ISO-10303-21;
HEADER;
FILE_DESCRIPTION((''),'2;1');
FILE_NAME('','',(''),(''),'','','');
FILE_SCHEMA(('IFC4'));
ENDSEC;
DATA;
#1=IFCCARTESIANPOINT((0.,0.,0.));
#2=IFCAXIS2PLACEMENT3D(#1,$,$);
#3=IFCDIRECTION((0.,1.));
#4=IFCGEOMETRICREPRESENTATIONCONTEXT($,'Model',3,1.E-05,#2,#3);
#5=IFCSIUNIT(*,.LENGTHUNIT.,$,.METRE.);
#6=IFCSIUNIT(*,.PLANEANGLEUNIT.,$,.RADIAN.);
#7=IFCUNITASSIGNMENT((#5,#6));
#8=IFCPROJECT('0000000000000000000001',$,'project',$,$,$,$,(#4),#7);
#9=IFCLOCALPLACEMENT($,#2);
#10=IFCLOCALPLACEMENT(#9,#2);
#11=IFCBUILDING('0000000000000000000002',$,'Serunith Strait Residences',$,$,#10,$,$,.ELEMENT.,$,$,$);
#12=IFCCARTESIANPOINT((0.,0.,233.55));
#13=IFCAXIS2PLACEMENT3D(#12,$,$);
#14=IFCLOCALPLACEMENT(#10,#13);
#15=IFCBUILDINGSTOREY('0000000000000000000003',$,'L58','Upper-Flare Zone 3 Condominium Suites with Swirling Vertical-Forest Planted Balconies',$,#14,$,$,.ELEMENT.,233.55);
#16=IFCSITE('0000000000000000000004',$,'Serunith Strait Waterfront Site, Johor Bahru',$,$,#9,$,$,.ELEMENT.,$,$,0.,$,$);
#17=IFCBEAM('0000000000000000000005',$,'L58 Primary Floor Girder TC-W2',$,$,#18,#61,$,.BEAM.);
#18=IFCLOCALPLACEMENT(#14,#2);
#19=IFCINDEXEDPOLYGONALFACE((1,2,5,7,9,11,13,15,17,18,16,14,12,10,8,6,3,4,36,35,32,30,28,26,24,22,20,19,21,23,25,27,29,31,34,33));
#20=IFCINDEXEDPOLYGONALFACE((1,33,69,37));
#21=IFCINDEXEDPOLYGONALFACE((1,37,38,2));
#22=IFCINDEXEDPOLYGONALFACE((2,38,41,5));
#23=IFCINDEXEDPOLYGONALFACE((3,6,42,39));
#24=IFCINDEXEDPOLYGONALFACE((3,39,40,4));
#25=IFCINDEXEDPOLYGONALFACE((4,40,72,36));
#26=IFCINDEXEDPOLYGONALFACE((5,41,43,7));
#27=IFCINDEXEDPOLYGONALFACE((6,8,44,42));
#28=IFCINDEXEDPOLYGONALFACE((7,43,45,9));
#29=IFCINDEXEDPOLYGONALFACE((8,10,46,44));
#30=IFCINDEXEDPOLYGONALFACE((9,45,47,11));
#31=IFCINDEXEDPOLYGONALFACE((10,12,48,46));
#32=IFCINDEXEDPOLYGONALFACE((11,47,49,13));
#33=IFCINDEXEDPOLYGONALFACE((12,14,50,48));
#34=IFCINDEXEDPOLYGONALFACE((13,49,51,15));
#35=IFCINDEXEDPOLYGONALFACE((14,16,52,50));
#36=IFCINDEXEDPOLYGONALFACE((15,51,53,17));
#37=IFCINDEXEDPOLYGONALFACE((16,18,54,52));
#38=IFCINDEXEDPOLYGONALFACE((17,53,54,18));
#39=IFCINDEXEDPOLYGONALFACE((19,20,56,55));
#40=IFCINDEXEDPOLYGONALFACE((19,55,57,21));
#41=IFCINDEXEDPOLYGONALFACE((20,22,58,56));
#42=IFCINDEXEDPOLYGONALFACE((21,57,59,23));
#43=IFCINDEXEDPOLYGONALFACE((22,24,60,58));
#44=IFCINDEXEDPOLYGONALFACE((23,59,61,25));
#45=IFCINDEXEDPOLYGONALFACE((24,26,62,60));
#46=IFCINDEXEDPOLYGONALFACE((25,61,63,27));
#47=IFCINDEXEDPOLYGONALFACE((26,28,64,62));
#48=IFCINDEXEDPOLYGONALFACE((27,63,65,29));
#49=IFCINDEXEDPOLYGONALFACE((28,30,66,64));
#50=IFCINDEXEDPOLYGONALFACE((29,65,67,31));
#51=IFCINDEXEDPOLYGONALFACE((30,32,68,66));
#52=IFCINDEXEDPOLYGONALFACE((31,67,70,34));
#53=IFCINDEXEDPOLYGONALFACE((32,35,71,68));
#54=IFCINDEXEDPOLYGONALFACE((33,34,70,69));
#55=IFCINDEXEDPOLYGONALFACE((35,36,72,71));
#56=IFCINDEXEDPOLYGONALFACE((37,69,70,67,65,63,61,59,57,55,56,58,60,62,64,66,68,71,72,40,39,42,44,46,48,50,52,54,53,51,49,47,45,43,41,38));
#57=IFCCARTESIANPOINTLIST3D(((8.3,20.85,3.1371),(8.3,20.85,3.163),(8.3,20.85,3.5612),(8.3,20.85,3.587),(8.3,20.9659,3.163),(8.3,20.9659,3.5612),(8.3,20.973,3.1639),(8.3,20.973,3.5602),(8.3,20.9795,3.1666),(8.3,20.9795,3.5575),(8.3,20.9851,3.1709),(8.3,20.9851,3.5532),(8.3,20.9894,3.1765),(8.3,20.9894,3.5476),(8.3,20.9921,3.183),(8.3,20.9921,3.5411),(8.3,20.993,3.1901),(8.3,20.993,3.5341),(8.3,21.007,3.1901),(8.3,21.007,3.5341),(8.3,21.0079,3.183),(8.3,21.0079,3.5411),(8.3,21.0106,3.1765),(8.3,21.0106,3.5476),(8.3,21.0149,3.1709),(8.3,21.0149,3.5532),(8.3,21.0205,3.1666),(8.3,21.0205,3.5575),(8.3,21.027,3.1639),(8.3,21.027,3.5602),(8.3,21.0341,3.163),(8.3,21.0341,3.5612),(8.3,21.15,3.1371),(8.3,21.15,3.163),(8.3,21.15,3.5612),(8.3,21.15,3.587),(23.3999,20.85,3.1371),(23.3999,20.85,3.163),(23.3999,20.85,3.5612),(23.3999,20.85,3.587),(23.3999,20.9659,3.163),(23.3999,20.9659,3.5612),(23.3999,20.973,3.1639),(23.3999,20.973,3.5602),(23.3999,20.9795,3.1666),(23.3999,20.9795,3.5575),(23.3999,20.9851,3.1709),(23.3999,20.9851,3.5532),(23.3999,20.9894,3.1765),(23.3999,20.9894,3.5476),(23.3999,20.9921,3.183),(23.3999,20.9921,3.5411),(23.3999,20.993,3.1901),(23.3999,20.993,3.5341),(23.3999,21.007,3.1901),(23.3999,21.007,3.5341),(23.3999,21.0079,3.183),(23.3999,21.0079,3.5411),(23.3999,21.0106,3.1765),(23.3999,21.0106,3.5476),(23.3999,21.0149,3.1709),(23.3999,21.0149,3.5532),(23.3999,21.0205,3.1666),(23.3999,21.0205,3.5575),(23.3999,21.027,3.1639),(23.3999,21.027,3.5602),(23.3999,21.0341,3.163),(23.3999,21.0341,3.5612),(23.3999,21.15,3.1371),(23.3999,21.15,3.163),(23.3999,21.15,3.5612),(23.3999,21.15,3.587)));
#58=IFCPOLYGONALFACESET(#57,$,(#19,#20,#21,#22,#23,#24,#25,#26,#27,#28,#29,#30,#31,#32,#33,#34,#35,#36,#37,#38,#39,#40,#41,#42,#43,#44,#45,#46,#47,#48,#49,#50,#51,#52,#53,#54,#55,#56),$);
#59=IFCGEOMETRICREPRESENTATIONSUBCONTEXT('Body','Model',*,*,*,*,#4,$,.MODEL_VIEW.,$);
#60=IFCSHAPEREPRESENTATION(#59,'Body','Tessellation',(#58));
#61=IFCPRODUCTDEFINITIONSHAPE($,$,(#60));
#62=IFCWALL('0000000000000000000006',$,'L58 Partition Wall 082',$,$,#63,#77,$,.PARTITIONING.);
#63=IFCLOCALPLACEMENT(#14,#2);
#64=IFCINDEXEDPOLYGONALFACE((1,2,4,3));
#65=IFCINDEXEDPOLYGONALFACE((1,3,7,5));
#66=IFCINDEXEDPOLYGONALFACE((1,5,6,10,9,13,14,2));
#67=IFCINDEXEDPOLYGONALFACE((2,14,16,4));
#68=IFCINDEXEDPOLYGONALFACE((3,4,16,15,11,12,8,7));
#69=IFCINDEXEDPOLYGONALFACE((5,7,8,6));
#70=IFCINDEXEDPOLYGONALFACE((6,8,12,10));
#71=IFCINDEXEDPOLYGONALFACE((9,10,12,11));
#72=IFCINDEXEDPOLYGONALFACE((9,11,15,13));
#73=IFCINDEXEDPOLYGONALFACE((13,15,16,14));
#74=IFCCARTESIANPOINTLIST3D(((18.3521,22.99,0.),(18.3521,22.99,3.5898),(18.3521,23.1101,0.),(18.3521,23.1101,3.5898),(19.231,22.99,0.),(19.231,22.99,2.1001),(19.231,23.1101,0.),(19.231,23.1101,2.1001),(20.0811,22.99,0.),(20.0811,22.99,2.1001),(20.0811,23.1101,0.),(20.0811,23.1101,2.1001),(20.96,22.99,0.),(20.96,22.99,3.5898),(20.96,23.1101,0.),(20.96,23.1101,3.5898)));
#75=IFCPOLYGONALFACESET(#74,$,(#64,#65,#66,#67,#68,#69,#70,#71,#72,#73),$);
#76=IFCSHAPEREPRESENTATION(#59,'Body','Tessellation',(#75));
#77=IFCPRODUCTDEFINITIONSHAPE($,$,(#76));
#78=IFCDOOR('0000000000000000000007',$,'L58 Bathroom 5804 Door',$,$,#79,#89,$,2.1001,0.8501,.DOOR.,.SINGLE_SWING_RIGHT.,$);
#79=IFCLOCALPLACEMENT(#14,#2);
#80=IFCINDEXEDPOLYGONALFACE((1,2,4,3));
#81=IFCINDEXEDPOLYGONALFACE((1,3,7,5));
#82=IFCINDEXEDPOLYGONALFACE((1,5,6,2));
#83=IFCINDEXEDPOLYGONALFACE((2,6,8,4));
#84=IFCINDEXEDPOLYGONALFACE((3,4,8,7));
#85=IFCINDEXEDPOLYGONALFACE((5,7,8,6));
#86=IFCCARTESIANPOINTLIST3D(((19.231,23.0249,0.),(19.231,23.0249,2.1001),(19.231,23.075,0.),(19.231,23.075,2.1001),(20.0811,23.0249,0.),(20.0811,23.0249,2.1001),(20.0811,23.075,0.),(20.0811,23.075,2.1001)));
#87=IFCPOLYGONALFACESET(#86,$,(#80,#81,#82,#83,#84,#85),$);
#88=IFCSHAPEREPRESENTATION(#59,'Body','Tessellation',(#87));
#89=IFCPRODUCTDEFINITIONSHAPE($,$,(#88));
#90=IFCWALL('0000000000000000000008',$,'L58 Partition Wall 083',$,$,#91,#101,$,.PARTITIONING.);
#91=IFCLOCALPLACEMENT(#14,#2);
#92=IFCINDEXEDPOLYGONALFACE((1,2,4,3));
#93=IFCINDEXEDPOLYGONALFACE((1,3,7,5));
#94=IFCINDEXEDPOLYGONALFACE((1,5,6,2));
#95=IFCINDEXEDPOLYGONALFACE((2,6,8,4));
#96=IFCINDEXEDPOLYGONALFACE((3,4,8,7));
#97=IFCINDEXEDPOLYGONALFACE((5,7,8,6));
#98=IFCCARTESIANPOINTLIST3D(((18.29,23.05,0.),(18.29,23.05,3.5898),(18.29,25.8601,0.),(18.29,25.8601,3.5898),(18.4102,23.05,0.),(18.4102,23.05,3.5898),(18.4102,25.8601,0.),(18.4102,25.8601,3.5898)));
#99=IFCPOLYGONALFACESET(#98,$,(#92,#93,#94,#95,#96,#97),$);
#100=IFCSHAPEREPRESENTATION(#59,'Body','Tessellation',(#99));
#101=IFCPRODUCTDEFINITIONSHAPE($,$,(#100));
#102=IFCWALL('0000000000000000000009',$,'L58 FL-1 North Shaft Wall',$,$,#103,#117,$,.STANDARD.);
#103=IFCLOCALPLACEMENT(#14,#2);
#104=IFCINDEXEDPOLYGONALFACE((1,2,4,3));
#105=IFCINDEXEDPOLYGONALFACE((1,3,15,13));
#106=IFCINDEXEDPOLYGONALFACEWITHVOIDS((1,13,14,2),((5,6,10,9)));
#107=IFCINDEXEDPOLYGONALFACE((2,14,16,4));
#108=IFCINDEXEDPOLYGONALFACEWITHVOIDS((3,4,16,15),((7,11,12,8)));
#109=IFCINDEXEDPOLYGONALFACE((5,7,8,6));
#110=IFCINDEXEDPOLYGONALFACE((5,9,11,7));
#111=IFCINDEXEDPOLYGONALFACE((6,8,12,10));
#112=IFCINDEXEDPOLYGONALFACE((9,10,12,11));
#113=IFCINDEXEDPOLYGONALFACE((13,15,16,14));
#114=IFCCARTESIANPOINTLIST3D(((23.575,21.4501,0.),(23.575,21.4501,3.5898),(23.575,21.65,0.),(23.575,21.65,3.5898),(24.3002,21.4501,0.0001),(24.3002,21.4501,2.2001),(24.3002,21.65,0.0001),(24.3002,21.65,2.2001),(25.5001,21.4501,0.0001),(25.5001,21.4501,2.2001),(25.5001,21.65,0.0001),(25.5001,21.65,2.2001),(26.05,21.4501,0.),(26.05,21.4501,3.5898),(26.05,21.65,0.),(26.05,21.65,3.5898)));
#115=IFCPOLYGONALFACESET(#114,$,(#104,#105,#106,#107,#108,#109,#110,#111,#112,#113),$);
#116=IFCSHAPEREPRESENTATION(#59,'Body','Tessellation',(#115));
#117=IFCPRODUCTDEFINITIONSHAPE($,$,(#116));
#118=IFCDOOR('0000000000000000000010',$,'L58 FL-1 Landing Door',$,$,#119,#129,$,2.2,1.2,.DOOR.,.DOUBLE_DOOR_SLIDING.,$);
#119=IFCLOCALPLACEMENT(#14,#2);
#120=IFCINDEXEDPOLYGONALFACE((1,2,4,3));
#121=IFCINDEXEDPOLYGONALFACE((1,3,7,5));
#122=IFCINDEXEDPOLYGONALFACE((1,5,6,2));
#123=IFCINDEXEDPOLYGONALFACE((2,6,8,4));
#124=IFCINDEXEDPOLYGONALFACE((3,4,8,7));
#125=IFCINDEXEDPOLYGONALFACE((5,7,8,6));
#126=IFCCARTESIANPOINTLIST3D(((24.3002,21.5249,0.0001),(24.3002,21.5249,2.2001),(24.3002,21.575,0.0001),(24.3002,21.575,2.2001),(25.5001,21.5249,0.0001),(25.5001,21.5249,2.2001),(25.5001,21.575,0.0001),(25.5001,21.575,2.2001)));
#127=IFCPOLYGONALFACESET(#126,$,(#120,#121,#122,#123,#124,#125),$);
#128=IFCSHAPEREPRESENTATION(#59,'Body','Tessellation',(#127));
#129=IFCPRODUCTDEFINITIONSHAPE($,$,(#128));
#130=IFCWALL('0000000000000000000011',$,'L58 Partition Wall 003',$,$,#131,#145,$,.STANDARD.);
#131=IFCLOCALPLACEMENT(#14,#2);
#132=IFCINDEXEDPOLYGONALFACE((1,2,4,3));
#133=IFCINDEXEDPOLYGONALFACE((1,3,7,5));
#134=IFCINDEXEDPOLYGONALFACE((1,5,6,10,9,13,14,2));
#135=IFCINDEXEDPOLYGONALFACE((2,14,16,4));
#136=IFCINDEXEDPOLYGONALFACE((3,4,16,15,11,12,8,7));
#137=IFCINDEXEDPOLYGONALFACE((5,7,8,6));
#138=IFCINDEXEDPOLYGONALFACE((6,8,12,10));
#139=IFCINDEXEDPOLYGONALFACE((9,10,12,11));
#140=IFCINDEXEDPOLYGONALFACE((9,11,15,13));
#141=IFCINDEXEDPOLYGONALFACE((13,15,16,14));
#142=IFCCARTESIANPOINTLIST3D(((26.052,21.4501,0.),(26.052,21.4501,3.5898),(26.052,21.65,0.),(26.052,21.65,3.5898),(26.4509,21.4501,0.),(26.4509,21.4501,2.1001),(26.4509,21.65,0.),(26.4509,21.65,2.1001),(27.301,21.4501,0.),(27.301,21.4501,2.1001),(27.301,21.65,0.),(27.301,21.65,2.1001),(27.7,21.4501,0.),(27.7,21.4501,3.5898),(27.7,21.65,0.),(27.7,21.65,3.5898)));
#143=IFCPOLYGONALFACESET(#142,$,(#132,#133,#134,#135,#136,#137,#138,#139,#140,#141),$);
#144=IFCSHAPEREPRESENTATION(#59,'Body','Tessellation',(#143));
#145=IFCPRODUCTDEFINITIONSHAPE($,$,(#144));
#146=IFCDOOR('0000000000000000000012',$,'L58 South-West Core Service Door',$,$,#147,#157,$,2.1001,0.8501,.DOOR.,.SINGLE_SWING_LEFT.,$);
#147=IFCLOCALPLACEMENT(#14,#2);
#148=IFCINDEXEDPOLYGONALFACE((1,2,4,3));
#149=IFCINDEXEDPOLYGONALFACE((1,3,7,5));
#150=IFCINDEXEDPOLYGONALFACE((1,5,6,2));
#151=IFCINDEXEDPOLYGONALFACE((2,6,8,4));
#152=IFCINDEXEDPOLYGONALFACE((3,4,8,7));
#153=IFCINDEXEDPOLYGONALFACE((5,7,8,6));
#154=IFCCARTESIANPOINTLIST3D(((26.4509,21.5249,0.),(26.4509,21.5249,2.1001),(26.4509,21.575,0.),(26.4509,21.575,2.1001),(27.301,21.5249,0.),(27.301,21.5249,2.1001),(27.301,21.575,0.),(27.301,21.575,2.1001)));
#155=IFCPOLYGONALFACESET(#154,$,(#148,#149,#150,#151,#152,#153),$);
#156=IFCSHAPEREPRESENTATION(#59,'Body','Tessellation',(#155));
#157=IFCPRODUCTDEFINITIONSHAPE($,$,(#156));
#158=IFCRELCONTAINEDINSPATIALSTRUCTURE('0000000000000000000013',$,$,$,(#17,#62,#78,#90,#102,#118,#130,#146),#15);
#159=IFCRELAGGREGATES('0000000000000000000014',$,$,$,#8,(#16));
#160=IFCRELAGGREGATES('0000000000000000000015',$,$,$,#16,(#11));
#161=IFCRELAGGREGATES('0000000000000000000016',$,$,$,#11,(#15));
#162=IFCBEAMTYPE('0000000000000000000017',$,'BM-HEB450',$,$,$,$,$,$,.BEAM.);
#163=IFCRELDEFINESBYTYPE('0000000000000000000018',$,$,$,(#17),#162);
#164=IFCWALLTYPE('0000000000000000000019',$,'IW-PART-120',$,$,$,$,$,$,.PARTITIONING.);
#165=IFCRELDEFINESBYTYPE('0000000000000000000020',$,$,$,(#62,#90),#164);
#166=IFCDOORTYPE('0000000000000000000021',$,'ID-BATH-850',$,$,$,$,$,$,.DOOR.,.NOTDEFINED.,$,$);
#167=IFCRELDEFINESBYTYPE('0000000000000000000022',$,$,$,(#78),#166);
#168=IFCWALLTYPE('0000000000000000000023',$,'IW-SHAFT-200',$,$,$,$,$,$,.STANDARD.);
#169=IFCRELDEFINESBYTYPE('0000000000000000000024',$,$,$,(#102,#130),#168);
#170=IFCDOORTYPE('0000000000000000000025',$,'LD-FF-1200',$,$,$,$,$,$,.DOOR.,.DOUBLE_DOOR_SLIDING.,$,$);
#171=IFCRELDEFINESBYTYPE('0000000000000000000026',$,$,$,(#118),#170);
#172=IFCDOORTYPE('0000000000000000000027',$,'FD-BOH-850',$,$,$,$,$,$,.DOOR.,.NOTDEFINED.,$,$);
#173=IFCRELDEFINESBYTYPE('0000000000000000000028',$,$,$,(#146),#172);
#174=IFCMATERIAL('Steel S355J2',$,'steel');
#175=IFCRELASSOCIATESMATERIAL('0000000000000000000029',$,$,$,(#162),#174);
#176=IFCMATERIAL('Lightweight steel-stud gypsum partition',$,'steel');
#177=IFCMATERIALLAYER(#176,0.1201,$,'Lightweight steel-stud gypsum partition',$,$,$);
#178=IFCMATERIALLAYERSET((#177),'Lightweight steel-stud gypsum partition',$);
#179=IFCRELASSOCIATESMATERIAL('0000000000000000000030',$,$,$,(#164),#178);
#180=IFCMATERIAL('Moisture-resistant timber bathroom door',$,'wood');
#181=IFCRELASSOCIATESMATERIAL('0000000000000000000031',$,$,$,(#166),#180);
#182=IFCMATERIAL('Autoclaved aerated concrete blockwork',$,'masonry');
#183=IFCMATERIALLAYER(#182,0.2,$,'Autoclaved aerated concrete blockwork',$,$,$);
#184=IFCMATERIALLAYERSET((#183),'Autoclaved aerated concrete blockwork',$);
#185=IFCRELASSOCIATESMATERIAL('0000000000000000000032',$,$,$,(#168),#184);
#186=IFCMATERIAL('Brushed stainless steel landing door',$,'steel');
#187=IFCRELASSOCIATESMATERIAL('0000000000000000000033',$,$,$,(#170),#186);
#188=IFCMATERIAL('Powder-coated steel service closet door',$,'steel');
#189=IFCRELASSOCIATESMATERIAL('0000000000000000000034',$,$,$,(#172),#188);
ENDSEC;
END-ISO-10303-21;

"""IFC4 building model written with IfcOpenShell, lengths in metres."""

from ifc_helpers import new_model, si_unit, direction, frame, frame_2d, origin, origin_2d, place, context, subcontext, project, spatial, rectangle, i_section, extrude, source, transform, mapped, material, layer, layer_set, material_profile, profile_set, type_object, element, fill, save


model = new_model("IFC4")

# Units and contexts
model_context = context("Model", 3, precision=1e-05, world=origin(), true_north=direction((0.0, 1.0)))
body_context = subcontext(model_context, "Body", "Model", "MODEL_VIEW")
ifc_project = project(units=[si_unit("LENGTHUNIT", "METRE"), si_unit("PLANEANGLEUNIT", "RADIAN")], contexts=[model_context])

# Site, building, storey
site_placement = place(None, origin())
site = spatial("IfcSite", under=ifc_project, at=site_placement, Name="Serunith Strait Waterfront Site, Johor Bahru", CompositionType="ELEMENT", RefElevation=0.0)
building_placement = place(site_placement, origin())
building = spatial("IfcBuilding", under=site, at=building_placement, Name="Serunith Strait Residences", CompositionType="ELEMENT")
storey_placement = place(building_placement, frame((0.0, 0.0, 233.55)))
storey = spatial("IfcBuildingStorey", under=building, at=storey_placement, Name="L58", Description="Upper-Flare Zone 3 Condominium Suites with Swirling Vertical-Forest Planted Balconies", CompositionType="ELEMENT", Elevation=233.55)

# Beam
ifc_material_1 = material(Name="Steel S355J2", Category="steel")
ifc_material_profile = material_profile(ifc_material_1, i_section(OverallWidth=0.3, OverallDepth=0.45, WebThickness=0.0139, FlangeThickness=0.0259, FilletRadius=0.0271, at=origin_2d()), Name="HEB 450")
ifc_profile_set = profile_set([ifc_material_profile], Name="Steel S355J2")
beam_type = type_object("IfcBeamType", Name="BM-HEB450", PredefinedType="BEAM", material=ifc_profile_set)
shared_shape_1 = source(origin(), body_context, "Body", "SweptSolid", [
    extrude(i_section(OverallWidth=0.3, OverallDepth=0.45, WebThickness=0.0139, FlangeThickness=0.0259, FilletRadius=0.0271, at=origin_2d()), origin(), (0.0, 0.0, 1.0), 15.0999),
])
beam_placement = place(storey_placement, frame((23.3999, 21.0, 3.3621), z_axis=(-1.0, 0.0, 0.0), x_axis=(0.0, -1.0, 0.0)))
element("IfcBeam", 1, at=beam_placement, inside=storey, type_object=beam_type, Name="L58 Primary Floor Girder TC-W2", PredefinedType="BEAM", context=body_context, shape_type="MappedRepresentation", body=[
    mapped(shared_shape_1, transform((0.0, 0.0, 0.0), scale=1.0)),
])

# Wall, opening, door
ifc_material_2 = material(Name="Lightweight steel-stud gypsum partition", Category="steel")
ifc_layer_1 = layer(ifc_material_2, 0.1201, Name="Lightweight steel-stud gypsum partition")
ifc_layer_set_1 = layer_set([ifc_layer_1], Name="Lightweight steel-stud gypsum partition")
wall_type_1 = type_object("IfcWallType", Name="IW-PART-120", PredefinedType="PARTITIONING", material=ifc_layer_set_1)
wall_1_placement = place(storey_placement, frame((18.3521, 23.05, 0.0), z_axis=(0.0, 0.0, 1.0), x_axis=(1.0, 0.0, 0.0)))
wall_1 = element("IfcWall", 2, at=wall_1_placement, inside=storey, type_object=wall_type_1, Name="L58 Partition Wall 082", PredefinedType="PARTITIONING", context=body_context, shape_type="SweptSolid", body=[
    extrude(rectangle(XDim=2.6079, YDim=0.1201, at=frame_2d((1.304, 0.0))), origin(), (0.0, 0.0, 1.0), 3.5898),
])
opening_1_placement = place(wall_1_placement, frame((0.8789, 0.0, 0.0)))
opening_1 = element("IfcOpeningElement", 3, at=opening_1_placement, cuts=wall_1, PredefinedType="OPENING", context=body_context, shape_type="SweptSolid", body=[
    extrude(rectangle(XDim=0.8501, YDim=2.1001, at=frame_2d((0.425, 1.05))), frame((0.0, 0.0701, 0.0), z_axis=(0.0, -1.0, 0.0), x_axis=(1.0, 0.0, 0.0)), (0.0, 0.0, 1.0), 0.1401),
])
ifc_material_3 = material(Name="Moisture-resistant timber bathroom door", Category="wood")
door_type_1 = type_object("IfcDoorType", Name="ID-BATH-850", OperationType="NOTDEFINED", PredefinedType="DOOR", material=ifc_material_3)
shared_shape_2 = source(origin(), body_context, "Body", "SweptSolid", [
    extrude(rectangle(XDim=0.8501, YDim=2.1001, at=frame_2d((0.425, 1.05))), frame((0.0, 0.0249, 0.0), z_axis=(0.0, -1.0, 0.0), x_axis=(1.0, 0.0, 0.0)), (0.0, 0.0, 1.0), 0.05),
])
door_1_placement = place(opening_1_placement, origin())
door_1 = element("IfcDoor", 4, at=door_1_placement, inside=storey, type_object=door_type_1, Name="L58 Bathroom 5804 Door", OperationType="SINGLE_SWING_RIGHT", OverallHeight=2.1001, OverallWidth=0.8501, PredefinedType="DOOR", context=body_context, shape_type="MappedRepresentation", body=[
    mapped(shared_shape_2, transform((0.0, 0.0, 0.0), scale=1.0)),
])
fill(opening_1, door_1)

# Wall
wall_2_placement = place(storey_placement, frame((18.3501, 23.05, 0.0), z_axis=(0.0, 0.0, 1.0), x_axis=(0.0, 1.0, 0.0)))
element("IfcWall", 5, at=wall_2_placement, inside=storey, type_object=wall_type_1, Name="L58 Partition Wall 083", PredefinedType="PARTITIONING", context=body_context, shape_type="SweptSolid", body=[
    extrude(rectangle(XDim=2.8101, YDim=0.1201, at=frame_2d((1.405, 0.0))), origin(), (0.0, 0.0, 1.0), 3.5898),
])

# Walls, openings, doors
ifc_material_4 = material(Name="Autoclaved aerated concrete blockwork", Category="masonry")
ifc_layer_2 = layer(ifc_material_4, 0.2, Name="Autoclaved aerated concrete blockwork")
ifc_layer_set_2 = layer_set([ifc_layer_2], Name="Autoclaved aerated concrete blockwork")
wall_type_2 = type_object("IfcWallType", Name="IW-SHAFT-200", PredefinedType="STANDARD", material=ifc_layer_set_2)
wall_3_placement = place(storey_placement, frame((23.575, 21.55, 0.0), z_axis=(0.0, 0.0, 1.0), x_axis=(1.0, 0.0, 0.0)))
wall_3 = element("IfcWall", 6, at=wall_3_placement, inside=storey, type_object=wall_type_2, Name="L58 FL-1 North Shaft Wall", PredefinedType="STANDARD", context=body_context, shape_type="SweptSolid", body=[
    extrude(rectangle(XDim=2.4751, YDim=0.2, at=frame_2d((1.2375, 0.0))), origin(), (0.0, 0.0, 1.0), 3.5898),
])
opening_2_placement = place(wall_3_placement, frame((0.7251, 0.0, 0.0)))
opening_2 = element("IfcOpeningElement", 7, at=opening_2_placement, cuts=wall_3, PredefinedType="OPENING", context=body_context, shape_type="SweptSolid", body=[
    extrude(rectangle(XDim=1.2, YDim=2.2, at=frame_2d((0.6001, 1.1001))), frame((0.0, 0.1099, 0.0), z_axis=(0.0, -1.0, 0.0), x_axis=(1.0, 0.0, 0.0)), (0.0, 0.0, 1.0), 0.22),
])
ifc_material_5 = material(Name="Brushed stainless steel landing door", Category="steel")
door_type_2 = type_object("IfcDoorType", Name="LD-FF-1200", OperationType="DOUBLE_DOOR_SLIDING", PredefinedType="DOOR", material=ifc_material_5)
shared_shape_3 = source(origin(), body_context, "Body", "SweptSolid", [
    extrude(rectangle(XDim=1.2, YDim=2.2, at=frame_2d((0.6001, 1.1001))), frame((0.0, 0.0249, 0.0), z_axis=(0.0, -1.0, 0.0), x_axis=(1.0, 0.0, 0.0)), (0.0, 0.0, 1.0), 0.05),
])
door_2_placement = place(opening_2_placement, origin())
door_2 = element("IfcDoor", 8, at=door_2_placement, inside=storey, type_object=door_type_2, Name="L58 FL-1 Landing Door", OperationType="DOUBLE_DOOR_SLIDING", OverallHeight=2.2, OverallWidth=1.2, PredefinedType="DOOR", context=body_context, shape_type="MappedRepresentation", body=[
    mapped(shared_shape_3, transform((0.0, 0.0, 0.0), scale=1.0)),
])
fill(opening_2, door_2)
wall_4_placement = place(storey_placement, frame((26.052, 21.55, 0.0), z_axis=(0.0, 0.0, 1.0), x_axis=(1.0, 0.0, 0.0)))
wall_4 = element("IfcWall", 9, at=wall_4_placement, inside=storey, type_object=wall_type_2, Name="L58 Partition Wall 003", PredefinedType="STANDARD", context=body_context, shape_type="SweptSolid", body=[
    extrude(rectangle(XDim=1.6479, YDim=0.2, at=frame_2d((0.824, 0.0))), origin(), (0.0, 0.0, 1.0), 3.5898),
])
opening_3_placement = place(wall_4_placement, frame((0.3989, 0.0, 0.0)))
opening_3 = element("IfcOpeningElement", 10, at=opening_3_placement, cuts=wall_4, PredefinedType="OPENING", context=body_context, shape_type="SweptSolid", body=[
    extrude(rectangle(XDim=0.8501, YDim=2.1001, at=frame_2d((0.425, 1.05))), frame((0.0, 0.1099, 0.0), z_axis=(0.0, -1.0, 0.0), x_axis=(1.0, 0.0, 0.0)), (0.0, 0.0, 1.0), 0.22),
])
ifc_material_6 = material(Name="Powder-coated steel service closet door", Category="steel")
door_type_3 = type_object("IfcDoorType", Name="FD-BOH-850", OperationType="NOTDEFINED", PredefinedType="DOOR", material=ifc_material_6)
door_3_placement = place(opening_3_placement, origin())
door_3 = element("IfcDoor", 11, at=door_3_placement, inside=storey, type_object=door_type_3, Name="L58 South-West Core Service Door", OperationType="SINGLE_SWING_LEFT", OverallHeight=2.1001, OverallWidth=0.8501, PredefinedType="DOOR", context=body_context, shape_type="MappedRepresentation", body=[
    mapped(shared_shape_2, transform((0.0, 0.0, 0.0), scale=1.0)),
])
fill(opening_3, door_3)

save(model, "model.ifc")
